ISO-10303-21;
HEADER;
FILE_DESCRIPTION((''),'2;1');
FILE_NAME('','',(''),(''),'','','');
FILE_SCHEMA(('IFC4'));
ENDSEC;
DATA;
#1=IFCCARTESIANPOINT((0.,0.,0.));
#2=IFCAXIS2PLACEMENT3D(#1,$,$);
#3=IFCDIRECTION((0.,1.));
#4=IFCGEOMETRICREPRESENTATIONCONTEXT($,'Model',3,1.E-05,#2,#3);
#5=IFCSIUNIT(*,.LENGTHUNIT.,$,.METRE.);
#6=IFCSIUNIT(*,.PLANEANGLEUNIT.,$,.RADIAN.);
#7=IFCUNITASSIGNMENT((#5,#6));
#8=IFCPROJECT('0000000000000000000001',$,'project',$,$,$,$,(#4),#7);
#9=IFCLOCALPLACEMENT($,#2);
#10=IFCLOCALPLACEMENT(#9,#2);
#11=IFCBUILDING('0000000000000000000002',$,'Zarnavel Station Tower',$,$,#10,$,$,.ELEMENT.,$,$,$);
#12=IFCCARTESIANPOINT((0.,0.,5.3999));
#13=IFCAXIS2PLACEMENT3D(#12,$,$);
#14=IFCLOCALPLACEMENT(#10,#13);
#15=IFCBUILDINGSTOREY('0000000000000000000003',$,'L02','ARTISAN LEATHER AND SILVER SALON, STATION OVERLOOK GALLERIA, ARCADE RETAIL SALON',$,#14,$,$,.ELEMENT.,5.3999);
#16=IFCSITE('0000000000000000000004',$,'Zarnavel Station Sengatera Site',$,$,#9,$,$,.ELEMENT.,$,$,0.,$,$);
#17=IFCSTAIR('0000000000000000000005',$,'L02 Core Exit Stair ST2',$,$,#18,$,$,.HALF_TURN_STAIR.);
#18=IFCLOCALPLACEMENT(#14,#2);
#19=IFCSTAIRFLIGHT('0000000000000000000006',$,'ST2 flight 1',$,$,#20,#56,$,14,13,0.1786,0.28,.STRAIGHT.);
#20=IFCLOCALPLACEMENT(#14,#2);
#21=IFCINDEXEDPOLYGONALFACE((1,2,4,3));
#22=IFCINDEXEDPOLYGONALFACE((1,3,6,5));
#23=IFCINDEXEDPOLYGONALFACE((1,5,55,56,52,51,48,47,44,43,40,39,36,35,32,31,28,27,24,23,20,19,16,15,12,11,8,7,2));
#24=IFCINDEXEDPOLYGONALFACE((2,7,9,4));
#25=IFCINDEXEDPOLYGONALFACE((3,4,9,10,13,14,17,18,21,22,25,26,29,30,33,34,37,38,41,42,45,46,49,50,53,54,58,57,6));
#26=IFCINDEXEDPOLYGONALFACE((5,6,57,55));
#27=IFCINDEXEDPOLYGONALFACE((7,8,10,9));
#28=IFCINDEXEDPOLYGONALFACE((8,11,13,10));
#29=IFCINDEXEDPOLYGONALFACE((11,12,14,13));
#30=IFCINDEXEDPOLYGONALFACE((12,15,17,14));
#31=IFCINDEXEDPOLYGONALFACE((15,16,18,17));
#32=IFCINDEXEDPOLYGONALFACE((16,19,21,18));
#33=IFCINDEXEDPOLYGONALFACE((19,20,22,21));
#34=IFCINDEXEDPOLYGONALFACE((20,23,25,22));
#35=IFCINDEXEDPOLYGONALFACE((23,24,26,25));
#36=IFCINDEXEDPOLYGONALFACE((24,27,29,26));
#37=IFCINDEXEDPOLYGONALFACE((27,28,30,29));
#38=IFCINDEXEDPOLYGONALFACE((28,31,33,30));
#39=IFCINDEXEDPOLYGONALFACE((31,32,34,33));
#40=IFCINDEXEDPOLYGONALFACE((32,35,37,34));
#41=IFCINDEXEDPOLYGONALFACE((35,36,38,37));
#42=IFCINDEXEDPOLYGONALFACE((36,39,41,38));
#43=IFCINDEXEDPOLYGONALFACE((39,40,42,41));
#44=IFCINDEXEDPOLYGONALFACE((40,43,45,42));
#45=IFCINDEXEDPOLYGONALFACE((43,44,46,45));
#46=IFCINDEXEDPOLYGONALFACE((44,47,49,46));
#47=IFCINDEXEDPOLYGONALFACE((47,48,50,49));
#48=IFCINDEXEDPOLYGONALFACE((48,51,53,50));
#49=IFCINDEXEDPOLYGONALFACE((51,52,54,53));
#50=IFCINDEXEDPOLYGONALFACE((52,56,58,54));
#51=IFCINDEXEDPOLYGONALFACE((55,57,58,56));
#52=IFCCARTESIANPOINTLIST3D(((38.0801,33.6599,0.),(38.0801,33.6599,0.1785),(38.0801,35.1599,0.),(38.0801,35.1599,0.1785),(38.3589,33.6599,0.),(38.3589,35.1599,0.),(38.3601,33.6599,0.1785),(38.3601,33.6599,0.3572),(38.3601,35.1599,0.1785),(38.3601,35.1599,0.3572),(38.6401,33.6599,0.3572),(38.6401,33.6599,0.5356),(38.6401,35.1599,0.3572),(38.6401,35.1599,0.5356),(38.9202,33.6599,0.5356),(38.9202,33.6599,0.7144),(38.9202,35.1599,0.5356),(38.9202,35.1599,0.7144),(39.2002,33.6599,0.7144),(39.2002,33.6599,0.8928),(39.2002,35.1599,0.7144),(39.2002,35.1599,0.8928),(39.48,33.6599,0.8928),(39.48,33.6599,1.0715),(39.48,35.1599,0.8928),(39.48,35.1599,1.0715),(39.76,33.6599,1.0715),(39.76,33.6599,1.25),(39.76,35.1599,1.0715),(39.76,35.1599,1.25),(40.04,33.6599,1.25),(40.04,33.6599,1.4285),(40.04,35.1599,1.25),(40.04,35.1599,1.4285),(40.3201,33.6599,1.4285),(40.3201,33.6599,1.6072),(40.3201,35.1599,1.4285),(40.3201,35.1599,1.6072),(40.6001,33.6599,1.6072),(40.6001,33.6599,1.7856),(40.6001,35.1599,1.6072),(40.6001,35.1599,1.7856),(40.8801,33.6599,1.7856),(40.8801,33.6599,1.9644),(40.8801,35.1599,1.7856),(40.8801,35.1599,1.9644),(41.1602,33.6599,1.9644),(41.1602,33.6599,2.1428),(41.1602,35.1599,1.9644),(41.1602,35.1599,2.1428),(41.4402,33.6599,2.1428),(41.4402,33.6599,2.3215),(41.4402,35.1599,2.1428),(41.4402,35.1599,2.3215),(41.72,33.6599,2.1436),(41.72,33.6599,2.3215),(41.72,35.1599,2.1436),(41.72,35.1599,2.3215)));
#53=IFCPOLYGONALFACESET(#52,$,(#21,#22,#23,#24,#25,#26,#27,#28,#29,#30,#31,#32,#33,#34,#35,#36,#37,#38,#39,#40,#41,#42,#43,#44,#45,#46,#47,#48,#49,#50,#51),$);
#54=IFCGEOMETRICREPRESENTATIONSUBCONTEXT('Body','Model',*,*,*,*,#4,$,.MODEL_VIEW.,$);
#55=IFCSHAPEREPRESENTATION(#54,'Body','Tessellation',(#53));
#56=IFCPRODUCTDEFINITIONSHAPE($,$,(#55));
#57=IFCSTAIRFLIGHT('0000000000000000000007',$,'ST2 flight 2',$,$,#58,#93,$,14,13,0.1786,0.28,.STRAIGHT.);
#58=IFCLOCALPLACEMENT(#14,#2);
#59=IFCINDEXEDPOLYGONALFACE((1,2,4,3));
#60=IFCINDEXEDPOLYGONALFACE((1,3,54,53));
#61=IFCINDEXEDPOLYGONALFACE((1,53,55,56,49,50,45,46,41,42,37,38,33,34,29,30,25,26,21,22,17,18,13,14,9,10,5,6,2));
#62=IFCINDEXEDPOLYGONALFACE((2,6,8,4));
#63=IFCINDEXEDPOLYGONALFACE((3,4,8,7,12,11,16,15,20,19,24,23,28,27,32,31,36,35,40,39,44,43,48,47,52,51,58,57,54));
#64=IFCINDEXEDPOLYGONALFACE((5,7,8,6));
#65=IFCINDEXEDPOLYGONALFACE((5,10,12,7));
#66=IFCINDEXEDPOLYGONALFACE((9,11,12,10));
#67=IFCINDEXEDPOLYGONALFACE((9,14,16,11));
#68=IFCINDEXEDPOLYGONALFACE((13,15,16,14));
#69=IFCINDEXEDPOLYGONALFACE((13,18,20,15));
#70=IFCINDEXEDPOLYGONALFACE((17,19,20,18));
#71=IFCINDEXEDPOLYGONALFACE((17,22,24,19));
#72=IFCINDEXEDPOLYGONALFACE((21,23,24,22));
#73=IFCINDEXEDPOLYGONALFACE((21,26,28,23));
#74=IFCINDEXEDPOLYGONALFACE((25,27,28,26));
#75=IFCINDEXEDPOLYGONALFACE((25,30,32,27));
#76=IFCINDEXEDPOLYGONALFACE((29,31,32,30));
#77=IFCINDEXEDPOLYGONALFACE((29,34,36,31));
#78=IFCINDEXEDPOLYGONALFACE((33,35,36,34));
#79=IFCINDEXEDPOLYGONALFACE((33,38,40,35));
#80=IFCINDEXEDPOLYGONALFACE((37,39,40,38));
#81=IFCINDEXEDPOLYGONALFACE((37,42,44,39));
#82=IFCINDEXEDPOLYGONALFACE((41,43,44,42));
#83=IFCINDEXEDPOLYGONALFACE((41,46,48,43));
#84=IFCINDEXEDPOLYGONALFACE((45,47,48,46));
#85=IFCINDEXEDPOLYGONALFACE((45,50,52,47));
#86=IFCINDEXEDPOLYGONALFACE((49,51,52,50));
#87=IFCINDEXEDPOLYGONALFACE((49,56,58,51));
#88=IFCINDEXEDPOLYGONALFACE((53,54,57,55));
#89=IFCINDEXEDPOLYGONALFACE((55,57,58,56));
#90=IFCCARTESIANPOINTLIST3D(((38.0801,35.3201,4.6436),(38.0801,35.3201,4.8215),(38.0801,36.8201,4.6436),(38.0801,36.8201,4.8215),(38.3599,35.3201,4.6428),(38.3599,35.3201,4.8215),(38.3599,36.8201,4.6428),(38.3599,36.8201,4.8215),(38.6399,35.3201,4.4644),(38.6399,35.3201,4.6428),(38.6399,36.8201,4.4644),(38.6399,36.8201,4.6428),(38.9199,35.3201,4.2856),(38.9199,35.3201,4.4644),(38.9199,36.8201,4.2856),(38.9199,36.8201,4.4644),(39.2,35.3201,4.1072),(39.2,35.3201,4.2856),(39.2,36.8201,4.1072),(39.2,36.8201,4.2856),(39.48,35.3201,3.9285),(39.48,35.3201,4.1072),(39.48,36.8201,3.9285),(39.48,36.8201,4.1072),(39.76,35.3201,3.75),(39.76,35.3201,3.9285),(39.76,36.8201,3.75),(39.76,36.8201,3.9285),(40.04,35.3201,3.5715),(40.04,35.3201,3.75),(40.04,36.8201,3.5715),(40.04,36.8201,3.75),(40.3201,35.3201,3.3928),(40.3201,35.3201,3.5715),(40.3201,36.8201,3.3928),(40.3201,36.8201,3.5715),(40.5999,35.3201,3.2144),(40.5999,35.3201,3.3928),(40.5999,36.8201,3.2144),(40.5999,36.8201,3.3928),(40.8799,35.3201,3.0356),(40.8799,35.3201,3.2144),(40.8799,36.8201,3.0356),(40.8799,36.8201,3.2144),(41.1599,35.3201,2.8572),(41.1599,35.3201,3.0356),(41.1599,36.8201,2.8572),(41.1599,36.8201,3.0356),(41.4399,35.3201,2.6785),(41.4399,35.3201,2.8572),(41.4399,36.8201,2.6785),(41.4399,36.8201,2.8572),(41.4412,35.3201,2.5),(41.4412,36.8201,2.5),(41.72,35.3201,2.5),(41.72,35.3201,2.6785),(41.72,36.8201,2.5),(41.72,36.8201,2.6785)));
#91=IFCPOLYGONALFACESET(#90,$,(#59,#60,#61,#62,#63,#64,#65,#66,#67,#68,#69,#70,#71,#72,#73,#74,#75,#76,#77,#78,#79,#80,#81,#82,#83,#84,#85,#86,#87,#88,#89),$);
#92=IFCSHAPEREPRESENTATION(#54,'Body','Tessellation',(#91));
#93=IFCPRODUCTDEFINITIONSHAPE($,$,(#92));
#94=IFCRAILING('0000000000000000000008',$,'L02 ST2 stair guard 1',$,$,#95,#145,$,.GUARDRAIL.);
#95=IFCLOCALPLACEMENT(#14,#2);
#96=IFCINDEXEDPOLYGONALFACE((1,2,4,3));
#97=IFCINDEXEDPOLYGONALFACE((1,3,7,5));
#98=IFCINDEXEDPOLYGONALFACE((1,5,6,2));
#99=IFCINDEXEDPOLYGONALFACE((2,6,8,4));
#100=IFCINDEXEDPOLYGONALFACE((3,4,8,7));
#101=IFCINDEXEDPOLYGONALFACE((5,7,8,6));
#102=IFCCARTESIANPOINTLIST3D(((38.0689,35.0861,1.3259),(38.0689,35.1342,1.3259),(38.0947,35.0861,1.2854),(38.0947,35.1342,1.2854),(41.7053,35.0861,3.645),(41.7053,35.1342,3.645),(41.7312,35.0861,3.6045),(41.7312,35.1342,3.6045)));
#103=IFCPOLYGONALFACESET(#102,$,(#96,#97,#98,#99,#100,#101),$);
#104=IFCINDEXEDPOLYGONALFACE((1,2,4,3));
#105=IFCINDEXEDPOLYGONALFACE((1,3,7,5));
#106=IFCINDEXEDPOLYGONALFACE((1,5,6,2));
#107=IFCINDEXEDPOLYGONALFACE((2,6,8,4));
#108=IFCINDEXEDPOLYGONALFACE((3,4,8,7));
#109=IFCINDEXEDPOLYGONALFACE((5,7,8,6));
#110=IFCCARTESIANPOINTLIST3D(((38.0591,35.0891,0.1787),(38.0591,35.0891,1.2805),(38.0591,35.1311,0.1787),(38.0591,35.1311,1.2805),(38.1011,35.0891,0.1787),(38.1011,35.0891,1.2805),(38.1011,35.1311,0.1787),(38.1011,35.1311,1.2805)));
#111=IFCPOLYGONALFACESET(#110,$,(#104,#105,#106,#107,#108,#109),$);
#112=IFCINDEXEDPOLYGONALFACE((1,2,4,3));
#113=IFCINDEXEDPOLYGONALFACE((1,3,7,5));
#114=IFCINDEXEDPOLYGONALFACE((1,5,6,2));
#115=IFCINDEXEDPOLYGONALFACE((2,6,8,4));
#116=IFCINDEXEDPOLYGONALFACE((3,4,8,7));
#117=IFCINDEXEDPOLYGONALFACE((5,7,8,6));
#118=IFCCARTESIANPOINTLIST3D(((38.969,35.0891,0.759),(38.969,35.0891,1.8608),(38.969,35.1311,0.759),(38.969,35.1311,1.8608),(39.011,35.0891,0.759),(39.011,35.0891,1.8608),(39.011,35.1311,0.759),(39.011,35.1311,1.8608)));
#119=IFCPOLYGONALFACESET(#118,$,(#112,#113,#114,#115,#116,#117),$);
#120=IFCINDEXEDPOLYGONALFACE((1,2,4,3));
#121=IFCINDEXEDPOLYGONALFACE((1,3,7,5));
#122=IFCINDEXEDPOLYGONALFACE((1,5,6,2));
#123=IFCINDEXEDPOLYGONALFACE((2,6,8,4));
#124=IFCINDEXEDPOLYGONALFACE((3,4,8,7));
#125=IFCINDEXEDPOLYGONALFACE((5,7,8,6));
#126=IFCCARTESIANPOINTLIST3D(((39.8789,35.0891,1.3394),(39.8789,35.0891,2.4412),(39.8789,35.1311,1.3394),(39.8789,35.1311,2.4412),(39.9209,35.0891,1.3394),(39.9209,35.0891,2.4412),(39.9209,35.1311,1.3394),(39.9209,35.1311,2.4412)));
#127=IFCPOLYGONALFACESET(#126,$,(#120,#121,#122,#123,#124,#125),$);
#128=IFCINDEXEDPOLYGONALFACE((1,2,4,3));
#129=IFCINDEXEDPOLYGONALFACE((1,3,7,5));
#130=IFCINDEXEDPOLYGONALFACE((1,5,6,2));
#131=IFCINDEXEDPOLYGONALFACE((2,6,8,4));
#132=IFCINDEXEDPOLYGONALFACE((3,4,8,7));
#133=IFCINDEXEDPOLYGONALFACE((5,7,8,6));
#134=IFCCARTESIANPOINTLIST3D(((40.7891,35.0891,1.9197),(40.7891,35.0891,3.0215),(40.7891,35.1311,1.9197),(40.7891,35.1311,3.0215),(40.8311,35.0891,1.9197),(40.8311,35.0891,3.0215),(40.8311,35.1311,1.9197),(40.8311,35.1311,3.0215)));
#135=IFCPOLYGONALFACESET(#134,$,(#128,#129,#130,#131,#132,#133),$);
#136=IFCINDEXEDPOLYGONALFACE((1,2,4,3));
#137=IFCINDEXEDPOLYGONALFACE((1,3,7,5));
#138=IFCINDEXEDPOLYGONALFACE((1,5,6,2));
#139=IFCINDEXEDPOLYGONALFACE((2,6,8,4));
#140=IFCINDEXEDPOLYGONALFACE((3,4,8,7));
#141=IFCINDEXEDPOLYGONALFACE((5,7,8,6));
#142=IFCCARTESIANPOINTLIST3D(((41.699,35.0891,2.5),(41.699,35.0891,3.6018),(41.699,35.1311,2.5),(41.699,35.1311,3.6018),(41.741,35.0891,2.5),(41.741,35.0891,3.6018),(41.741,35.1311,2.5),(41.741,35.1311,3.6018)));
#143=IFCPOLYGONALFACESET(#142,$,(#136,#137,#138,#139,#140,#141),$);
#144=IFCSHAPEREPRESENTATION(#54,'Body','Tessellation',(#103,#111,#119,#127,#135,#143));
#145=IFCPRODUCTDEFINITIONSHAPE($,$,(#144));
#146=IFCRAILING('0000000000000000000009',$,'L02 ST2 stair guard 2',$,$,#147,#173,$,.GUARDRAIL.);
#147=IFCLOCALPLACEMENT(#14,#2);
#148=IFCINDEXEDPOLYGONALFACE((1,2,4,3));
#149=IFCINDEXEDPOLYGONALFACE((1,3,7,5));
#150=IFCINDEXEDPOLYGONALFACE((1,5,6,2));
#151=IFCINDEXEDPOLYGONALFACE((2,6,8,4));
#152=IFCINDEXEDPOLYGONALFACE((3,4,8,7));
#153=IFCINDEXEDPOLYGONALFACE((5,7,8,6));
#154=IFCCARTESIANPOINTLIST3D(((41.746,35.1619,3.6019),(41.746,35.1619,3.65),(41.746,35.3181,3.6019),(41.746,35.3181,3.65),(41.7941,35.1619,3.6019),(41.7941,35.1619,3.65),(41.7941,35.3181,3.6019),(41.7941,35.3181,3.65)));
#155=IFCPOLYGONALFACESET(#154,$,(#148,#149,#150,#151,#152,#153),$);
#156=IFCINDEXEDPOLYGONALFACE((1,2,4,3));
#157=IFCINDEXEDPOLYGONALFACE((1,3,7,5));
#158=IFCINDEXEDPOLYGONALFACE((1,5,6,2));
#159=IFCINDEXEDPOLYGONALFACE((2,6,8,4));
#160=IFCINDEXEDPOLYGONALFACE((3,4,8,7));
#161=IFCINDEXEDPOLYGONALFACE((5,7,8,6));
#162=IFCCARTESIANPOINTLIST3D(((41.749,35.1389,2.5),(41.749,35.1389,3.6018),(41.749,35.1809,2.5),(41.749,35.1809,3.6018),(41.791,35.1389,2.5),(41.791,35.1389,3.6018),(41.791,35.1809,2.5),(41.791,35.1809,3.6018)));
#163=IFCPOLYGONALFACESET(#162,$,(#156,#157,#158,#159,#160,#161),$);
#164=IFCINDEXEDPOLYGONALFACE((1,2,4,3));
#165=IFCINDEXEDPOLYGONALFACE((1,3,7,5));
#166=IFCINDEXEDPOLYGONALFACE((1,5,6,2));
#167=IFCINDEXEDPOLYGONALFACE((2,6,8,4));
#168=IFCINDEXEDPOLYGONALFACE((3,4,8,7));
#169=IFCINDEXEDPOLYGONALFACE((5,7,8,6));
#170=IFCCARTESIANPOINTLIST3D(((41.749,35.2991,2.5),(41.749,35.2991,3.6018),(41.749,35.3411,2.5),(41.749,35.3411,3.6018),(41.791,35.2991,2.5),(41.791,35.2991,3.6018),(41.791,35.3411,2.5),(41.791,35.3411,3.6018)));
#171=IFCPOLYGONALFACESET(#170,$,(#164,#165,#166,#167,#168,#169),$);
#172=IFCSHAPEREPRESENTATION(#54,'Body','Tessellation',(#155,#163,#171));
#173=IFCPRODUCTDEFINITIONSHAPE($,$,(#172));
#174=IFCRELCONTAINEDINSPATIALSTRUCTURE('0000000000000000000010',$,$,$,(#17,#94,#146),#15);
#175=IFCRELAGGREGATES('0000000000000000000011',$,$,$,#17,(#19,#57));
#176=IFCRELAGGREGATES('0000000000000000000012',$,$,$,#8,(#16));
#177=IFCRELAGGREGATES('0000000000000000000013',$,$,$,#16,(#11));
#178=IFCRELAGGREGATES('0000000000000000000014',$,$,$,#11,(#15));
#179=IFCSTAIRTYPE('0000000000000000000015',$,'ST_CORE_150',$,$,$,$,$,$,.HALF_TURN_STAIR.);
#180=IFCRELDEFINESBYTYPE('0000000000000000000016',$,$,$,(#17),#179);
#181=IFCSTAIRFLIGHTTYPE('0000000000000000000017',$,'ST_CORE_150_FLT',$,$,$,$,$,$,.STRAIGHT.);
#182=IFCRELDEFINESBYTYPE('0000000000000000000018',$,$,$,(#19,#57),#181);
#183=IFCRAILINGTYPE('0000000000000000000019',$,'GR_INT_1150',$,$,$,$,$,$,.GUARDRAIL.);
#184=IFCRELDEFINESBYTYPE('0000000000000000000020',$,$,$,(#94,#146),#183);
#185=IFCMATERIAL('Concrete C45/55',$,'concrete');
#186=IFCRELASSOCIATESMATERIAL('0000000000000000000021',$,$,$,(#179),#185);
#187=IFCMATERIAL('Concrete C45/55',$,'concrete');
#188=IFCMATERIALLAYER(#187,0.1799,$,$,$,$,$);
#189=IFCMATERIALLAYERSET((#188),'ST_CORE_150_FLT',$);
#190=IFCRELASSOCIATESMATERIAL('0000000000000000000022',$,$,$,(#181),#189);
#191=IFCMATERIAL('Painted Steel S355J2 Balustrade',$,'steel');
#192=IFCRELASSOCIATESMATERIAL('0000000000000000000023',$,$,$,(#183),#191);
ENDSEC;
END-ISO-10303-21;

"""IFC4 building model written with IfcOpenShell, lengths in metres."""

from ifc_helpers import new_model, si_unit, direction, frame, origin, origin_2d, place, context, subcontext, project, spatial, polyline, rectangle, outline, extrude, material, layer, layer_set, type_object, element, aggregate, save


model = new_model("IFC4")

# Units and contexts
model_context = context("Model", 3, precision=1e-05, world=origin(), true_north=direction((0.0, 1.0)))
body_context = subcontext(model_context, "Body", "Model", "MODEL_VIEW")
ifc_project = project(units=[si_unit("LENGTHUNIT", "METRE"), si_unit("PLANEANGLEUNIT", "RADIAN")], contexts=[model_context])

# Site, building, storey
site_placement = place(None, origin())
site = spatial("IfcSite", under=ifc_project, at=site_placement, Name="Zarnavel Station Sengatera Site", CompositionType="ELEMENT", RefElevation=0.0)
building_placement = place(site_placement, origin())
building = spatial("IfcBuilding", under=site, at=building_placement, Name="Zarnavel Station Tower", CompositionType="ELEMENT")
storey_placement = place(building_placement, frame((0.0, 0.0, 5.3999)))
storey = spatial("IfcBuildingStorey", under=building, at=storey_placement, Name="L02", Description="ARTISAN LEATHER AND SILVER SALON, STATION OVERLOOK GALLERIA, ARCADE RETAIL SALON", CompositionType="ELEMENT", Elevation=5.3999)

# Stair, stair flights
ifc_material_1 = material(Name="Concrete C45/55", Category="concrete")
stair_type = type_object("IfcStairType", Name="ST_CORE_150", PredefinedType="HALF_TURN_STAIR", material=ifc_material_1)
stair_placement = place(storey_placement, origin())
stair = element("IfcStair", 1, at=stair_placement, inside=storey, type_object=stair_type, Name="L02 Core Exit Stair ST2", PredefinedType="HALF_TURN_STAIR")
ifc_material_2 = material(Name="Concrete C45/55", Category="concrete")
ifc_layer_1 = layer(ifc_material_2, 0.1799)
ifc_layer_set_1 = layer_set([ifc_layer_1], Name="ST_CORE_150_FLT")
stair_flight_type = type_object("IfcStairFlightType", Name="ST_CORE_150_FLT", PredefinedType="STRAIGHT", material=ifc_layer_set_1)
stair_flight_1_placement = place(storey_placement, frame((38.0801, 34.4099, 0.0), z_axis=(0.0, 0.0, 1.0), x_axis=(1.0, 0.0, 0.0)))
stair_flight_1 = element("IfcStairFlight", 2, at=stair_flight_1_placement, type_object=stair_flight_type, Name="ST2 flight 1", NumberOfRisers=14, NumberOfTreads=13, PredefinedType="STRAIGHT", RiserHeight=0.1786, TreadLength=0.28, context=body_context, shape_type="SweptSolid", body=[
    extrude(outline(polyline([(0.0, 0.0), (0.0, 0.1785), (0.28, 0.1785), (0.28, 0.3572), (0.5601, 0.3572), (0.5601, 0.5356), (0.8401, 0.5356), (0.8401, 0.7144), (1.1201, 0.7144), (1.1201, 0.8928), (1.3999, 0.8928), (1.3999, 1.0715), (1.6799, 1.0715), (1.6799, 1.25), (1.96, 1.25), (1.96, 1.4285), (2.24, 1.4285), (2.24, 1.6072), (2.52, 1.6072), (2.52, 1.7856), (2.8, 1.7856), (2.8, 1.9644), (3.0801, 1.9644), (3.0801, 2.1428), (3.3601, 2.1428), (3.3601, 2.3215), (3.6399, 2.3215), (3.6399, 2.5), (3.6399, 2.1436), (0.2788, 0.0), (0.0, 0.0)])), frame((0.0, 0.75, 0.0), z_axis=(0.0, -1.0, 0.0), x_axis=(1.0, 0.0, 0.0)), (0.0, 0.0, 1.0), 1.5),
])
stair_flight_2_placement = place(storey_placement, frame((41.72, 36.0701, 2.5), z_axis=(0.0, 0.0, 1.0), x_axis=(-1.0, 0.0, 0.0)))
stair_flight_2 = element("IfcStairFlight", 3, at=stair_flight_2_placement, type_object=stair_flight_type, Name="ST2 flight 2", NumberOfRisers=14, NumberOfTreads=13, PredefinedType="STRAIGHT", RiserHeight=0.1786, TreadLength=0.28, context=body_context, shape_type="SweptSolid", body=[
    extrude(outline(polyline([(0.0, 0.0), (0.0, 0.1785), (0.28, 0.1785), (0.28, 0.3572), (0.5601, 0.3572), (0.5601, 0.5356), (0.8401, 0.5356), (0.8401, 0.7144), (1.1201, 0.7144), (1.1201, 0.8928), (1.3999, 0.8928), (1.3999, 1.0715), (1.6799, 1.0715), (1.6799, 1.25), (1.96, 1.25), (1.96, 1.4285), (2.24, 1.4285), (2.24, 1.6072), (2.52, 1.6072), (2.52, 1.7856), (2.8, 1.7856), (2.8, 1.9644), (3.0801, 1.9644), (3.0801, 2.1428), (3.3601, 2.1428), (3.3601, 2.3215), (3.6399, 2.3215), (3.6399, 2.5), (3.6399, 2.1436), (0.2788, 0.0), (0.0, 0.0)])), frame((0.0, 0.75, 0.0), z_axis=(0.0, -1.0, 0.0), x_axis=(1.0, 0.0, 0.0)), (0.0, 0.0, 1.0), 1.5),
])
aggregate(stair, [stair_flight_1, stair_flight_2])

# Railings
ifc_material_3 = material(Name="Painted Steel S355J2 Balustrade", Category="steel")
railing_type_1 = type_object("IfcRailingType", Name="GR_INT_1150", PredefinedType="GUARDRAIL", material=ifc_material_3)
railing_1_placement = place(storey_placement, frame((38.0801, 35.1101, 0.1787)))
element("IfcRailing", 4, at=railing_1_placement, inside=storey, type_object=railing_type_1, Name="L02 ST2 stair guard 1", PredefinedType="GUARDRAIL", context=body_context, shape_type="SweptSolid", body=[
    extrude(rectangle(XDim=0.0481, YDim=0.0481, at=origin_2d()), frame((0.0017, 0.0, 1.127), z_axis=(0.843137, 0.0, 0.537699), x_axis=(0.0, 1.0, 0.0)), (0.0, 0.0, 1.0), 4.313),
    extrude(rectangle(XDim=0.042, YDim=0.042, at=origin_2d()), origin(), (0.0, 0.0, 1.0), 1.1018),
    extrude(rectangle(XDim=0.042, YDim=0.042, at=origin_2d()), frame((0.9099, 0.0, 0.5803)), (0.0, 0.0, 1.0), 1.1018),
    extrude(rectangle(XDim=0.042, YDim=0.042, at=origin_2d()), frame((1.8198, 0.0, 1.1606)), (0.0, 0.0, 1.0), 1.1018),
    extrude(rectangle(XDim=0.042, YDim=0.042, at=origin_2d()), frame((2.73, 0.0, 1.741)), (0.0, 0.0, 1.0), 1.1018),
    extrude(rectangle(XDim=0.042, YDim=0.042, at=origin_2d()), frame((3.6399, 0.0, 2.3213)), (0.0, 0.0, 1.0), 1.1018),
])
railing_2_placement = place(storey_placement, frame((41.77, 35.1599, 2.5)))
element("IfcRailing", 5, at=railing_2_placement, inside=storey, type_object=railing_type_1, Name="L02 ST2 stair guard 2", PredefinedType="GUARDRAIL", context=body_context, shape_type="SweptSolid", body=[
    extrude(rectangle(XDim=0.0481, YDim=0.0481, at=origin_2d()), frame((0.0, 0.002, 1.126), z_axis=(0.0, 1.0, 0.0), x_axis=(-1.0, 0.0, 0.0)), (0.0, 0.0, 1.0), 0.1562),
    extrude(rectangle(XDim=0.042, YDim=0.042, at=origin_2d()), origin(), (0.0, 0.0, 1.0), 1.1018),
    extrude(rectangle(XDim=0.042, YDim=0.042, at=origin_2d()), frame((0.0, 0.1602, 0.0)), (0.0, 0.0, 1.0), 1.1018),
])

save(model, "model.ifc")
